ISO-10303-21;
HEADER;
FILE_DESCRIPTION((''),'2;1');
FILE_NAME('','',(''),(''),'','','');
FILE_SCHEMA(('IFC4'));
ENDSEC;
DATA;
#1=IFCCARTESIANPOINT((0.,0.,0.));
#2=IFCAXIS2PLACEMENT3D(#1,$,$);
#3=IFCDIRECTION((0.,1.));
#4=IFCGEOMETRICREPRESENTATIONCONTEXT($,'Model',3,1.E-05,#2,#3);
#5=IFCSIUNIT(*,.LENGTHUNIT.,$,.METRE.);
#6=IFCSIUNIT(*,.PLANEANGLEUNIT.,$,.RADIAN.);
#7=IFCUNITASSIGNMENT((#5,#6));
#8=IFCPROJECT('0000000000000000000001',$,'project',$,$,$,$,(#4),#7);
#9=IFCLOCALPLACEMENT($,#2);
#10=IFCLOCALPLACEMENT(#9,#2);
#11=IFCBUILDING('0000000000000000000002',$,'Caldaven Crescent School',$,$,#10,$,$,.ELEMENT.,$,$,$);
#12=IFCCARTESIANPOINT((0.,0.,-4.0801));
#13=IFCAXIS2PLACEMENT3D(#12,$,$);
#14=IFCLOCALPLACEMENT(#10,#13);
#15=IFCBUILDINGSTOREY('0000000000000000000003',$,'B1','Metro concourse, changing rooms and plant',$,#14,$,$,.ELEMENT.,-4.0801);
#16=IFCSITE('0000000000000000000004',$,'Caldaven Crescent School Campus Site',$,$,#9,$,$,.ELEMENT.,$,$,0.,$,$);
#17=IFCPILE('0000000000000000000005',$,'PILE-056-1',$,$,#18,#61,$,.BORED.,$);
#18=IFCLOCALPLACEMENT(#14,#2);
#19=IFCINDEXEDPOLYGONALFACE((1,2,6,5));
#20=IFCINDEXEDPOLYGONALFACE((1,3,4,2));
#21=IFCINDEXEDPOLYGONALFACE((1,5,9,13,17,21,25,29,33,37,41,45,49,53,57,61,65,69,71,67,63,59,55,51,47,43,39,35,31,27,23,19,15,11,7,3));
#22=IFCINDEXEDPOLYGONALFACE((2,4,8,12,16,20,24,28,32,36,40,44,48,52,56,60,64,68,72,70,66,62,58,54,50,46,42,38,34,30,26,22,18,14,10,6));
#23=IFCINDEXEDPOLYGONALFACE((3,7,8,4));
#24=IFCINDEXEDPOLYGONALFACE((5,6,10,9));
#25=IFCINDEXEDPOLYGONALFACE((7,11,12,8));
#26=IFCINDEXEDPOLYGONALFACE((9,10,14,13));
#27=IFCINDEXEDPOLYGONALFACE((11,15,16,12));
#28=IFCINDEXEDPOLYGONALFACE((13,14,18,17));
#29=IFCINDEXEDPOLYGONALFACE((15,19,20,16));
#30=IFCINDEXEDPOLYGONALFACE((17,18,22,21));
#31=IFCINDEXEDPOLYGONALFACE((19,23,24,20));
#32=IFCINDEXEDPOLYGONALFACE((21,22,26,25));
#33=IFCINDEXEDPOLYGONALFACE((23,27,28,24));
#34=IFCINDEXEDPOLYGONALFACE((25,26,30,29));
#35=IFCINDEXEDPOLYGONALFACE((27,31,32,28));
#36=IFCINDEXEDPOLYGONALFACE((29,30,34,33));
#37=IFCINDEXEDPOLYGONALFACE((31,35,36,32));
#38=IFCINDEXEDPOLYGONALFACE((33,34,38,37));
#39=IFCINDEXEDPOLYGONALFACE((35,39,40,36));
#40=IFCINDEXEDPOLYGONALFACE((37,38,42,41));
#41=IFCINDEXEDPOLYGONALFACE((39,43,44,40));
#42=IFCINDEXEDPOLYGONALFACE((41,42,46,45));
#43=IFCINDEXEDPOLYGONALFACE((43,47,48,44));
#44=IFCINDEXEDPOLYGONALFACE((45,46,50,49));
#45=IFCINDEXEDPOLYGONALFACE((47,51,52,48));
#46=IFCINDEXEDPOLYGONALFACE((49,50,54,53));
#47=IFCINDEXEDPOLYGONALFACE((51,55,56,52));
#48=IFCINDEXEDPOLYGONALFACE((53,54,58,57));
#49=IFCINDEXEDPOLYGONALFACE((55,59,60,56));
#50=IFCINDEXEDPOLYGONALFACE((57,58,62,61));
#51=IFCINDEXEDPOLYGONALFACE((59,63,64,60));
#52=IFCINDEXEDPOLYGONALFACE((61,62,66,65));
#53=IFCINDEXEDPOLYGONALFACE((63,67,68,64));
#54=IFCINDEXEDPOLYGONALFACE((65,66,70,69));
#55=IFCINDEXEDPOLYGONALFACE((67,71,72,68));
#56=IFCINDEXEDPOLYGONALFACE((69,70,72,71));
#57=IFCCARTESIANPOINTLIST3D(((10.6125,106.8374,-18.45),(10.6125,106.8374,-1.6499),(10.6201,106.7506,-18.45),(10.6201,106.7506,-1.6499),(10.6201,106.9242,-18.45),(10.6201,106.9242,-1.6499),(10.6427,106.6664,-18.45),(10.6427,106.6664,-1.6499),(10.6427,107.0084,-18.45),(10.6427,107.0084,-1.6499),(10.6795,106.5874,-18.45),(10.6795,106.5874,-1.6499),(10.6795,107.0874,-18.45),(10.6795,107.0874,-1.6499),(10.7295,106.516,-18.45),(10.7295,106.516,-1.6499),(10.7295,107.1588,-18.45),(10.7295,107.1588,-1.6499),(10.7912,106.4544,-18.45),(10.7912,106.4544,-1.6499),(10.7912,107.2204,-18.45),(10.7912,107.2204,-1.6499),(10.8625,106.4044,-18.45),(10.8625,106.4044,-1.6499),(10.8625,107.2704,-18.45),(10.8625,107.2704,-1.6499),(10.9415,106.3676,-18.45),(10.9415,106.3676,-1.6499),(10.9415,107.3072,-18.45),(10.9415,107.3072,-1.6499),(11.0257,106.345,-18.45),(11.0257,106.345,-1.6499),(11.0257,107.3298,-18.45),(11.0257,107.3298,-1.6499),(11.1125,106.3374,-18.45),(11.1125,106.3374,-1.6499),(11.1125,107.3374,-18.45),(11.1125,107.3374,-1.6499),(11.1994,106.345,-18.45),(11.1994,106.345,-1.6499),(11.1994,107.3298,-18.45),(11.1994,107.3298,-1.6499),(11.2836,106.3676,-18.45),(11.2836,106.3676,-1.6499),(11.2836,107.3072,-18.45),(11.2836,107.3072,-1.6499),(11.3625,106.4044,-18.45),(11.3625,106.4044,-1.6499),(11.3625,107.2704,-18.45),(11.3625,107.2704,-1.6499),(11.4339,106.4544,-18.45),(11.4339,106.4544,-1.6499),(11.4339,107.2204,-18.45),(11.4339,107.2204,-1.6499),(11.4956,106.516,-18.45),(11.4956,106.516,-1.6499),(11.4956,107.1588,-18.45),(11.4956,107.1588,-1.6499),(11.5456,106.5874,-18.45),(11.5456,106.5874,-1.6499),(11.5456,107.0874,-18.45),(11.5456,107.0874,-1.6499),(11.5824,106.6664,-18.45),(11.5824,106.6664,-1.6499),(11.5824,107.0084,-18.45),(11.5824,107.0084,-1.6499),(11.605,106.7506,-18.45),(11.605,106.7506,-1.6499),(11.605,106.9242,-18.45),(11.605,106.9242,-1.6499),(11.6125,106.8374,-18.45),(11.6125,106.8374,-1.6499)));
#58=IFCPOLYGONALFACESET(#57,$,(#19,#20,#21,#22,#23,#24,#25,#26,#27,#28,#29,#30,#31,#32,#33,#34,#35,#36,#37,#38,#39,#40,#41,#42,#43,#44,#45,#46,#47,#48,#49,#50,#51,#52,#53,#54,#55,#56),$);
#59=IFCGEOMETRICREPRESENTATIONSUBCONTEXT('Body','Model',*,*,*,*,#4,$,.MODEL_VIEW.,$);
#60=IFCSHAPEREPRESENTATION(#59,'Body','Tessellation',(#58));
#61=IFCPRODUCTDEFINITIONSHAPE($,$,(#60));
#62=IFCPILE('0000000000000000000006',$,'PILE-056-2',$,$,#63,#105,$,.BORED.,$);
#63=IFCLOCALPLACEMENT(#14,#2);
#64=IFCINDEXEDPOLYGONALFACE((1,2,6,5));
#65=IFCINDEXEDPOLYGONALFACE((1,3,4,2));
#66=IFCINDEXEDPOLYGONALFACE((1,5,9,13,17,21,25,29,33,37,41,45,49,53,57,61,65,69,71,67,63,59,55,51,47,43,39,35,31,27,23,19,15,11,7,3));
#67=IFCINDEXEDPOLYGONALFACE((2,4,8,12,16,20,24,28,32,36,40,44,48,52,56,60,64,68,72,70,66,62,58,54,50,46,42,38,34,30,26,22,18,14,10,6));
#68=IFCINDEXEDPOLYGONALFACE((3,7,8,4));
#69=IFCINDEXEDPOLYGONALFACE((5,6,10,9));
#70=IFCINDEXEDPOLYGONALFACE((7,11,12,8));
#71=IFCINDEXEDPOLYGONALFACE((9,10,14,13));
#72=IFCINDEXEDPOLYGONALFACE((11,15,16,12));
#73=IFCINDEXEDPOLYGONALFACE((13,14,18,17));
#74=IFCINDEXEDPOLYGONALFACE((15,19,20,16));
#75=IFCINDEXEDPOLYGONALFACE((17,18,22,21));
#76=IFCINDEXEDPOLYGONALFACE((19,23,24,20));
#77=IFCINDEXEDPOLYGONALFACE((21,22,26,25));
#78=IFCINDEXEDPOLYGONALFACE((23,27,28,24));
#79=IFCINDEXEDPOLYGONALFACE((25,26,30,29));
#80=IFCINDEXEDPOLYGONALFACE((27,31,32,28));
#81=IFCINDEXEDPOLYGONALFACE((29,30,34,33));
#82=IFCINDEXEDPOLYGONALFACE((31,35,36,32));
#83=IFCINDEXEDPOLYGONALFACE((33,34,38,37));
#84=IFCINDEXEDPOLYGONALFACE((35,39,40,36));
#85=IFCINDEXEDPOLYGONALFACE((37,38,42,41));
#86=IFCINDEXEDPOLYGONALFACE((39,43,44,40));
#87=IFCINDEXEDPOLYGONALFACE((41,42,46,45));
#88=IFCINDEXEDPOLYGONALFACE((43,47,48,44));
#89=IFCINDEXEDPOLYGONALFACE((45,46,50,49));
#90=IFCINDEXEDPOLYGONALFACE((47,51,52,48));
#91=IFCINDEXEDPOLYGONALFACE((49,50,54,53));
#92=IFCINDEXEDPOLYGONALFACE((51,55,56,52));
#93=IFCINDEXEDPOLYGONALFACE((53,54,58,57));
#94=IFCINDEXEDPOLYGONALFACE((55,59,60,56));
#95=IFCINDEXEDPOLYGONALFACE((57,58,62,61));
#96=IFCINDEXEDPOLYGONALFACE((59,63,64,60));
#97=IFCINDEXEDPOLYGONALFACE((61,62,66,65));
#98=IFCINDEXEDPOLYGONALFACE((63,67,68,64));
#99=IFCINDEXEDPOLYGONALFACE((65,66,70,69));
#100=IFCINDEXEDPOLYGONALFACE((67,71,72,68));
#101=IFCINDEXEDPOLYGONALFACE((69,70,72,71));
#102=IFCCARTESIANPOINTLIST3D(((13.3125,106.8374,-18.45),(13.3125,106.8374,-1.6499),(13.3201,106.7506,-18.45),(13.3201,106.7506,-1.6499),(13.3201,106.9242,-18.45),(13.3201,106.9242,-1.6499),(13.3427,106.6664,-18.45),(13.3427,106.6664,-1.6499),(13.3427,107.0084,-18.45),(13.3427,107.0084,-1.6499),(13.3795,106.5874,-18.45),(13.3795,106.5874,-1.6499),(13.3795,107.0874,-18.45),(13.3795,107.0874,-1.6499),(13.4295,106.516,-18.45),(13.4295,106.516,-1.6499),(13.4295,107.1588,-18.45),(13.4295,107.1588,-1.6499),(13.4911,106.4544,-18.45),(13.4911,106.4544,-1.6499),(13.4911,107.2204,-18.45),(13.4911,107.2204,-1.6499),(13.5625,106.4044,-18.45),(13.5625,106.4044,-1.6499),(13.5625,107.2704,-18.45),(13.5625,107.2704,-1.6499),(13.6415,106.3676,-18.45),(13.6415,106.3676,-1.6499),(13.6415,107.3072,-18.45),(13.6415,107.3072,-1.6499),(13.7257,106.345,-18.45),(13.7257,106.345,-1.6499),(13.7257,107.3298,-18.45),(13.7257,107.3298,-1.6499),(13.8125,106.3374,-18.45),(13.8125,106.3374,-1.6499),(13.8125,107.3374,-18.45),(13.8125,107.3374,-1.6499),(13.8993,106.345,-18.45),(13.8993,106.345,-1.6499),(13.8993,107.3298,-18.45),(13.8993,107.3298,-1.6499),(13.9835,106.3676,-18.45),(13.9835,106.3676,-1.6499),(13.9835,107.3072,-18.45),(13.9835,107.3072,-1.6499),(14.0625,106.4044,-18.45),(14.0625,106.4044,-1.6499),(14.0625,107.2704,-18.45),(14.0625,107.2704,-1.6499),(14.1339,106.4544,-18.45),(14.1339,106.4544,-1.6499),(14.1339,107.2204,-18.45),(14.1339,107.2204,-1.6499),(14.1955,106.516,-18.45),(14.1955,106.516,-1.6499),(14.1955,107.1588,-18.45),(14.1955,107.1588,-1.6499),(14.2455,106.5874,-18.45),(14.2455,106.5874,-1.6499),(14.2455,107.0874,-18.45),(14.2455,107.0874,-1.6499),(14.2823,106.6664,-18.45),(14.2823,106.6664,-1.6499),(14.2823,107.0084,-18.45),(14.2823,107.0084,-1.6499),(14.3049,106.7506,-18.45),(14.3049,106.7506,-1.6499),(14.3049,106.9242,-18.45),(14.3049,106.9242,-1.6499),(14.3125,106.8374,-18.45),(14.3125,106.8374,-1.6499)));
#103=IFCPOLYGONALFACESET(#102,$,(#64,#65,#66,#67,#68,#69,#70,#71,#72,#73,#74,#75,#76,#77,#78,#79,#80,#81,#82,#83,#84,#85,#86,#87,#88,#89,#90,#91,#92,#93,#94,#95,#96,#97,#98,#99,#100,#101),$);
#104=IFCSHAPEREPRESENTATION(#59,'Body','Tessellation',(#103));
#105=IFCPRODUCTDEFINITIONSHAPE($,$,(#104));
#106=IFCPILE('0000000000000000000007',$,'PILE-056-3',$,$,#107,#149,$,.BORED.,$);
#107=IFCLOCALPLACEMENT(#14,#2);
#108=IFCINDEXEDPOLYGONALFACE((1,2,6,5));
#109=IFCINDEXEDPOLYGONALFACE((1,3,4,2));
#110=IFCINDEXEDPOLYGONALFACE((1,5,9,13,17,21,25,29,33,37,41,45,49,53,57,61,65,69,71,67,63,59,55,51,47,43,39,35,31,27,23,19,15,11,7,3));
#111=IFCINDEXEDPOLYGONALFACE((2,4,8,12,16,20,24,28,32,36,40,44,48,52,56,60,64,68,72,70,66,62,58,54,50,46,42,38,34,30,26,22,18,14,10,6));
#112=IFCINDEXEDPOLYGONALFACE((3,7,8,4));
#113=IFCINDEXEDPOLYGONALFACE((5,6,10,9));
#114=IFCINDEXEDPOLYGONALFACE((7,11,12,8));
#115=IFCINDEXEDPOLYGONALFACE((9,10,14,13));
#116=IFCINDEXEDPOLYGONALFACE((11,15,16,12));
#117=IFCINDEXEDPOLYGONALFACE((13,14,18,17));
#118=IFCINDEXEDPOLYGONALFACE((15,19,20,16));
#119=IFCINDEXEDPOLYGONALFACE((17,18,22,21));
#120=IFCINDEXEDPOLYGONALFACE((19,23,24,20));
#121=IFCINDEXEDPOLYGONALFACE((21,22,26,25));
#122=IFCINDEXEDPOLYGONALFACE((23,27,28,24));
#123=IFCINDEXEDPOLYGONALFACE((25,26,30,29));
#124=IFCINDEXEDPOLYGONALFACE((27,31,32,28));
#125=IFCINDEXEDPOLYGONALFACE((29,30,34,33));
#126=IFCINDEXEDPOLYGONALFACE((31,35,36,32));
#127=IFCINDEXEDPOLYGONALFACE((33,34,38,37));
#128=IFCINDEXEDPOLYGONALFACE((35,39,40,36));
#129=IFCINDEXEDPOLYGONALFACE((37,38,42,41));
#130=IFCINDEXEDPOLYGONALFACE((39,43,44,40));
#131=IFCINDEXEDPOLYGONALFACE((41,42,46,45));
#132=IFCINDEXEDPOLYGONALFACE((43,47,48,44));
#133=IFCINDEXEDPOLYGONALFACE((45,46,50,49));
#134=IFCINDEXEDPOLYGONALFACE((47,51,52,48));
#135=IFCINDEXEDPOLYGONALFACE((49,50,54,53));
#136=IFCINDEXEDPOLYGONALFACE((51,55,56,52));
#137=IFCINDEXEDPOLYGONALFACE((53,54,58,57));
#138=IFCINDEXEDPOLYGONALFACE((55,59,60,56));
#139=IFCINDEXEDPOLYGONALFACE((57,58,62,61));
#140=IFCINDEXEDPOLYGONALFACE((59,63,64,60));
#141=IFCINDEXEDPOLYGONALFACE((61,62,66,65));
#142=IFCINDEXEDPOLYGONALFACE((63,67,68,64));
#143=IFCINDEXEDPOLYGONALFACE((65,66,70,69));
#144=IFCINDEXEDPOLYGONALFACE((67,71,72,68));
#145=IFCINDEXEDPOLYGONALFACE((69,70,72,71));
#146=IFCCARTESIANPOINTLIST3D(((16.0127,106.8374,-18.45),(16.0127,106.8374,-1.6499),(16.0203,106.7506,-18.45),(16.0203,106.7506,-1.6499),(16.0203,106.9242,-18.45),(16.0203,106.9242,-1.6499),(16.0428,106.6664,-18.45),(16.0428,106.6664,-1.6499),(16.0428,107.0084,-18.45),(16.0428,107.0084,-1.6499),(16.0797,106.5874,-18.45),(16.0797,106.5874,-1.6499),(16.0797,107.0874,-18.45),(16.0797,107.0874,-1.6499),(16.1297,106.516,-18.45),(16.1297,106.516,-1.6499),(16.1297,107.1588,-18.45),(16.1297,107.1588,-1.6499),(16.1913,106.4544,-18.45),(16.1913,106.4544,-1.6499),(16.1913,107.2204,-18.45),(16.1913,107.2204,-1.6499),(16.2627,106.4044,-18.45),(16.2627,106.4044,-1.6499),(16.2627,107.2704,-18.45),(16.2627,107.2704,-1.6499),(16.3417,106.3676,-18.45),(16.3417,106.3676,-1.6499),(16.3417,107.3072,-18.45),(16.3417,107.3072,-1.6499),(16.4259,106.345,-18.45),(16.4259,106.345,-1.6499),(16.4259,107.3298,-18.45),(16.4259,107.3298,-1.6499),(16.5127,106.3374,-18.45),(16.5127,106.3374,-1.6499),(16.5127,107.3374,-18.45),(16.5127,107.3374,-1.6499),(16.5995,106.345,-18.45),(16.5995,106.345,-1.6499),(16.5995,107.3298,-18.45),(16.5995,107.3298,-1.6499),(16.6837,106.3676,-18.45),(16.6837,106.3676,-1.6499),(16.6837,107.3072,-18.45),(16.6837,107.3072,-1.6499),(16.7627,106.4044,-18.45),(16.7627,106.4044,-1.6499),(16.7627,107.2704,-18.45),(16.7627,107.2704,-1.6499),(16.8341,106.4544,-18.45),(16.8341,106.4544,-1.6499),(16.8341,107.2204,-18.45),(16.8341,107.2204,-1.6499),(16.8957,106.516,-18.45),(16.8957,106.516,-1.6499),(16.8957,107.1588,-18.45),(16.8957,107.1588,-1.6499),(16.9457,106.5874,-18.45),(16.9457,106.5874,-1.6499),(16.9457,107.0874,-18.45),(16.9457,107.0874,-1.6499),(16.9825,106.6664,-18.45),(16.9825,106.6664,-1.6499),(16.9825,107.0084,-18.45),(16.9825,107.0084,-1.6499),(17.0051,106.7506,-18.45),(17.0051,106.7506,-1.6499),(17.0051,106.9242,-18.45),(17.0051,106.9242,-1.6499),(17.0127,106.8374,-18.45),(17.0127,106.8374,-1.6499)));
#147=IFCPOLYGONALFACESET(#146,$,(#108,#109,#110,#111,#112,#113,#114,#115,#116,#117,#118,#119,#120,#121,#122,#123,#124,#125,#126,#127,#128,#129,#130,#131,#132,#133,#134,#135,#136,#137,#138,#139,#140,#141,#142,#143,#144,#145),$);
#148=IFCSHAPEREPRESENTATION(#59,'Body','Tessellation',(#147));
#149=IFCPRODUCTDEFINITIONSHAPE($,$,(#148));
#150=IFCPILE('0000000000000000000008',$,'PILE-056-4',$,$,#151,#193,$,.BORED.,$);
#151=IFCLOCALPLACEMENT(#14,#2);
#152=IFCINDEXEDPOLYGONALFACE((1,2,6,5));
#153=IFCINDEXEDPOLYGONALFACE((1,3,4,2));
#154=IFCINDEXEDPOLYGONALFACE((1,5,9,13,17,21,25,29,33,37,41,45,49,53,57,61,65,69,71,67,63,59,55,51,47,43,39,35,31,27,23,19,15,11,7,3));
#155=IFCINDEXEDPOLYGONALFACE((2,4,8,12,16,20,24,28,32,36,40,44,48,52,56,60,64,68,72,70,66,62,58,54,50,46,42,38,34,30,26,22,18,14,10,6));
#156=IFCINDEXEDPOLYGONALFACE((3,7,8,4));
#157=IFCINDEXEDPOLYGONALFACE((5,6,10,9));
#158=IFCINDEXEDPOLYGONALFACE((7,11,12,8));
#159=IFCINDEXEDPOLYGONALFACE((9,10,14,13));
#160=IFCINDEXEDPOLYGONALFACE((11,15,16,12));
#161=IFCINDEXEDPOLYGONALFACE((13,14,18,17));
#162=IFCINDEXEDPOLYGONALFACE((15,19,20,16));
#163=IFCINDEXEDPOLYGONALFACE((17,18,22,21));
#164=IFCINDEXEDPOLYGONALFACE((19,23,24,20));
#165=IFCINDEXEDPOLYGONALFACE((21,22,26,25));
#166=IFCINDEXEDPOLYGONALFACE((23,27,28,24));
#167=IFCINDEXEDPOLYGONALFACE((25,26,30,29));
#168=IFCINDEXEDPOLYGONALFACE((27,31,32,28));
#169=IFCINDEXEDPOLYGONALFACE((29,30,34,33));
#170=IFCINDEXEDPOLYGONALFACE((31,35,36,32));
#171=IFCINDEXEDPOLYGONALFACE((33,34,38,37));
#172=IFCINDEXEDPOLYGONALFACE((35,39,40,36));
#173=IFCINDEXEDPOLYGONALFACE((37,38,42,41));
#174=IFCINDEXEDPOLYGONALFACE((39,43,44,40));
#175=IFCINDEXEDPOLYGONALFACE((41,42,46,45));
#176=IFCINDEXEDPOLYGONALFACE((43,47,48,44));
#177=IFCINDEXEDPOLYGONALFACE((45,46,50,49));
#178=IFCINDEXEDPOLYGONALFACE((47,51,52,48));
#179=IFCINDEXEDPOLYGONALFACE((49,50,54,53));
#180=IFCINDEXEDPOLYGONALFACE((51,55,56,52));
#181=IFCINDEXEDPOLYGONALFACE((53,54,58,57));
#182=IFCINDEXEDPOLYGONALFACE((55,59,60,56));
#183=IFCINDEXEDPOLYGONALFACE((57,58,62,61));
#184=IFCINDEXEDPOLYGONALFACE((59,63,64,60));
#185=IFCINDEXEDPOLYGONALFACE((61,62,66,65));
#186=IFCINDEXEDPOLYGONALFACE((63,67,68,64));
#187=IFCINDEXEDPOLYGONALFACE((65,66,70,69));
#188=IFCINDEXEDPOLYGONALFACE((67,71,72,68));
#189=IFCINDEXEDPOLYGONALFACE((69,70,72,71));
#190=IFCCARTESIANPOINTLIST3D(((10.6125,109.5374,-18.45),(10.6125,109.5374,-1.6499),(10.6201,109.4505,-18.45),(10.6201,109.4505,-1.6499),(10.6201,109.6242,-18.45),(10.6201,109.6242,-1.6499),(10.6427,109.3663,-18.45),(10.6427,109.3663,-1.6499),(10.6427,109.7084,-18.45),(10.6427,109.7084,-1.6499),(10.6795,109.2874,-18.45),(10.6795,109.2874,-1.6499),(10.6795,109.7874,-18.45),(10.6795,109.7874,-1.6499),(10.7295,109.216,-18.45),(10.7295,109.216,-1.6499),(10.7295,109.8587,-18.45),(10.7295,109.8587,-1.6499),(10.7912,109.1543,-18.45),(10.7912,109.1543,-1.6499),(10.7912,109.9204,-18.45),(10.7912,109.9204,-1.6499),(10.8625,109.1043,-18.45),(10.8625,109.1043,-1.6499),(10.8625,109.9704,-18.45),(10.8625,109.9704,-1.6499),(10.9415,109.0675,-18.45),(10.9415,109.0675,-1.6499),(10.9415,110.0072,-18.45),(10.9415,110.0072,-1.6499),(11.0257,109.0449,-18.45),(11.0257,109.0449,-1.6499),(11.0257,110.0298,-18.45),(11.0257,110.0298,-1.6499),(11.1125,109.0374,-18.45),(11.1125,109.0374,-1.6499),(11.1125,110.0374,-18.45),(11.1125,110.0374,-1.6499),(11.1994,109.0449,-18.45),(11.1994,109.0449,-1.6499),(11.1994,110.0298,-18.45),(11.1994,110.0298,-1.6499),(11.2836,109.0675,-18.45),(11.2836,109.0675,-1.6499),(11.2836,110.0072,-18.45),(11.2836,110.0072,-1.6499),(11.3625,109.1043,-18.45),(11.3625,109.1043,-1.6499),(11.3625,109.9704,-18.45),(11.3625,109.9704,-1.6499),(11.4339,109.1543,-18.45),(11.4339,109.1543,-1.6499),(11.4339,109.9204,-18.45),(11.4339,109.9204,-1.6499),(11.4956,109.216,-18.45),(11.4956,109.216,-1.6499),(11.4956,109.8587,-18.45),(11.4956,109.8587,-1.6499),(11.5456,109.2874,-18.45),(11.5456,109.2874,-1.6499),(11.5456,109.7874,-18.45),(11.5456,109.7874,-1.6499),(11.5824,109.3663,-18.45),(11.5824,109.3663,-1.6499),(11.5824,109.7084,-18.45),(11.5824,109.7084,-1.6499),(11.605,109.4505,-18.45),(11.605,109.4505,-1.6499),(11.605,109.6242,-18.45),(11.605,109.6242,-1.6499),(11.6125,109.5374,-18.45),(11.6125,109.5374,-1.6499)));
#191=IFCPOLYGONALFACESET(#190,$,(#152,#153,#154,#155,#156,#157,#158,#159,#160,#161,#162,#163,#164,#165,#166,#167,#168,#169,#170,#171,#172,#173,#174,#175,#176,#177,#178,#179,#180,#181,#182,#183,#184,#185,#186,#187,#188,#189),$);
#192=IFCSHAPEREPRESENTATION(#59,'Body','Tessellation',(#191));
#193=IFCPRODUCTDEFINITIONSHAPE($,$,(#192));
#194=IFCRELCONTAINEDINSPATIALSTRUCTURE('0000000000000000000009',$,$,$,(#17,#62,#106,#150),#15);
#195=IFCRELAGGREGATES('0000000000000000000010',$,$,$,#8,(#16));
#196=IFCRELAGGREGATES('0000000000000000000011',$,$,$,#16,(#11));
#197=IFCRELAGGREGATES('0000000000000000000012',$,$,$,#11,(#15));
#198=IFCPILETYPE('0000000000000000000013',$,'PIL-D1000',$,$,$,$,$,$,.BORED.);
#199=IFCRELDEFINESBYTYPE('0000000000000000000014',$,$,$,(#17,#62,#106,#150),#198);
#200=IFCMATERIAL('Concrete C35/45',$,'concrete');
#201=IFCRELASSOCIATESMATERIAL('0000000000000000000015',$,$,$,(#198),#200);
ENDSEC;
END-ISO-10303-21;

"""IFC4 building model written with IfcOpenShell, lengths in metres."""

from ifc_helpers import new_model, si_unit, direction, frame, origin, origin_2d, place, context, subcontext, project, spatial, circle, extrude, material, material_profile, profile_set, type_object, element, save


model = new_model("IFC4")

# Units and contexts
model_context = context("Model", 3, precision=1e-05, world=origin(), true_north=direction((0.0, 1.0)))
body_context = subcontext(model_context, "Body", "Model", "MODEL_VIEW")
ifc_project = project(units=[si_unit("LENGTHUNIT", "METRE"), si_unit("PLANEANGLEUNIT", "RADIAN")], contexts=[model_context])

# Site, building, storey
site_placement = place(None, origin())
site = spatial("IfcSite", under=ifc_project, at=site_placement, Name="Caldaven Crescent School Campus Site", CompositionType="ELEMENT", RefElevation=0.0)
building_placement = place(site_placement, origin())
building = spatial("IfcBuilding", under=site, at=building_placement, Name="Caldaven Crescent School", CompositionType="ELEMENT")
storey_placement = place(building_placement, frame((0.0, 0.0, -4.0801)))
storey = spatial("IfcBuildingStorey", under=building, at=storey_placement, Name="B1", Description="Metro concourse, changing rooms and plant", CompositionType="ELEMENT", Elevation=-4.0801)

# Shared definitions
ifc_material_1 = material(Name="Concrete C35/45", Category="concrete")

# Piles
ifc_material_profile_1 = material_profile(ifc_material_1, circle(Radius=0.5, at=origin_2d()), Name="PILE D1000")
ifc_profile_set_1 = profile_set([ifc_material_profile_1], Name="Concrete C35/45")
pile_type_1 = type_object("IfcPileType", Name="PIL-D1000", PredefinedType="BORED", material=ifc_profile_set_1)
for number, where, z_axis, x_axis, name in (
    (1, (11.1125, 106.8374, -1.6499), (0.0, 0.0, -1.0), (1.0, 0.0, 0.0), "PILE-056-1"),
    (2, (13.8125, 106.8374, -1.6499), (0.0, 0.0, -1.0), (1.0, 0.0, 0.0), "PILE-056-2"),
    (3, (16.5127, 106.8374, -1.6499), (0.0, 0.0, -1.0), (1.0, 0.0, 0.0), "PILE-056-3"),
    (4, (11.1125, 109.5374, -1.6499), (0.0, 0.0, -1.0), (1.0, 0.0, 0.0), "PILE-056-4"),
):
    element("IfcPile", number, at=place(storey_placement, frame(where, z_axis=z_axis, x_axis=x_axis)), inside=storey, type_object=pile_type_1, Name=name, PredefinedType="BORED", context=body_context, shape_type="SweptSolid", body=[
        extrude(circle(Radius=0.5, at=origin_2d()), origin(), (0.0, 0.0, 1.0), 16.8),
    ])

save(model, "model.ifc")
